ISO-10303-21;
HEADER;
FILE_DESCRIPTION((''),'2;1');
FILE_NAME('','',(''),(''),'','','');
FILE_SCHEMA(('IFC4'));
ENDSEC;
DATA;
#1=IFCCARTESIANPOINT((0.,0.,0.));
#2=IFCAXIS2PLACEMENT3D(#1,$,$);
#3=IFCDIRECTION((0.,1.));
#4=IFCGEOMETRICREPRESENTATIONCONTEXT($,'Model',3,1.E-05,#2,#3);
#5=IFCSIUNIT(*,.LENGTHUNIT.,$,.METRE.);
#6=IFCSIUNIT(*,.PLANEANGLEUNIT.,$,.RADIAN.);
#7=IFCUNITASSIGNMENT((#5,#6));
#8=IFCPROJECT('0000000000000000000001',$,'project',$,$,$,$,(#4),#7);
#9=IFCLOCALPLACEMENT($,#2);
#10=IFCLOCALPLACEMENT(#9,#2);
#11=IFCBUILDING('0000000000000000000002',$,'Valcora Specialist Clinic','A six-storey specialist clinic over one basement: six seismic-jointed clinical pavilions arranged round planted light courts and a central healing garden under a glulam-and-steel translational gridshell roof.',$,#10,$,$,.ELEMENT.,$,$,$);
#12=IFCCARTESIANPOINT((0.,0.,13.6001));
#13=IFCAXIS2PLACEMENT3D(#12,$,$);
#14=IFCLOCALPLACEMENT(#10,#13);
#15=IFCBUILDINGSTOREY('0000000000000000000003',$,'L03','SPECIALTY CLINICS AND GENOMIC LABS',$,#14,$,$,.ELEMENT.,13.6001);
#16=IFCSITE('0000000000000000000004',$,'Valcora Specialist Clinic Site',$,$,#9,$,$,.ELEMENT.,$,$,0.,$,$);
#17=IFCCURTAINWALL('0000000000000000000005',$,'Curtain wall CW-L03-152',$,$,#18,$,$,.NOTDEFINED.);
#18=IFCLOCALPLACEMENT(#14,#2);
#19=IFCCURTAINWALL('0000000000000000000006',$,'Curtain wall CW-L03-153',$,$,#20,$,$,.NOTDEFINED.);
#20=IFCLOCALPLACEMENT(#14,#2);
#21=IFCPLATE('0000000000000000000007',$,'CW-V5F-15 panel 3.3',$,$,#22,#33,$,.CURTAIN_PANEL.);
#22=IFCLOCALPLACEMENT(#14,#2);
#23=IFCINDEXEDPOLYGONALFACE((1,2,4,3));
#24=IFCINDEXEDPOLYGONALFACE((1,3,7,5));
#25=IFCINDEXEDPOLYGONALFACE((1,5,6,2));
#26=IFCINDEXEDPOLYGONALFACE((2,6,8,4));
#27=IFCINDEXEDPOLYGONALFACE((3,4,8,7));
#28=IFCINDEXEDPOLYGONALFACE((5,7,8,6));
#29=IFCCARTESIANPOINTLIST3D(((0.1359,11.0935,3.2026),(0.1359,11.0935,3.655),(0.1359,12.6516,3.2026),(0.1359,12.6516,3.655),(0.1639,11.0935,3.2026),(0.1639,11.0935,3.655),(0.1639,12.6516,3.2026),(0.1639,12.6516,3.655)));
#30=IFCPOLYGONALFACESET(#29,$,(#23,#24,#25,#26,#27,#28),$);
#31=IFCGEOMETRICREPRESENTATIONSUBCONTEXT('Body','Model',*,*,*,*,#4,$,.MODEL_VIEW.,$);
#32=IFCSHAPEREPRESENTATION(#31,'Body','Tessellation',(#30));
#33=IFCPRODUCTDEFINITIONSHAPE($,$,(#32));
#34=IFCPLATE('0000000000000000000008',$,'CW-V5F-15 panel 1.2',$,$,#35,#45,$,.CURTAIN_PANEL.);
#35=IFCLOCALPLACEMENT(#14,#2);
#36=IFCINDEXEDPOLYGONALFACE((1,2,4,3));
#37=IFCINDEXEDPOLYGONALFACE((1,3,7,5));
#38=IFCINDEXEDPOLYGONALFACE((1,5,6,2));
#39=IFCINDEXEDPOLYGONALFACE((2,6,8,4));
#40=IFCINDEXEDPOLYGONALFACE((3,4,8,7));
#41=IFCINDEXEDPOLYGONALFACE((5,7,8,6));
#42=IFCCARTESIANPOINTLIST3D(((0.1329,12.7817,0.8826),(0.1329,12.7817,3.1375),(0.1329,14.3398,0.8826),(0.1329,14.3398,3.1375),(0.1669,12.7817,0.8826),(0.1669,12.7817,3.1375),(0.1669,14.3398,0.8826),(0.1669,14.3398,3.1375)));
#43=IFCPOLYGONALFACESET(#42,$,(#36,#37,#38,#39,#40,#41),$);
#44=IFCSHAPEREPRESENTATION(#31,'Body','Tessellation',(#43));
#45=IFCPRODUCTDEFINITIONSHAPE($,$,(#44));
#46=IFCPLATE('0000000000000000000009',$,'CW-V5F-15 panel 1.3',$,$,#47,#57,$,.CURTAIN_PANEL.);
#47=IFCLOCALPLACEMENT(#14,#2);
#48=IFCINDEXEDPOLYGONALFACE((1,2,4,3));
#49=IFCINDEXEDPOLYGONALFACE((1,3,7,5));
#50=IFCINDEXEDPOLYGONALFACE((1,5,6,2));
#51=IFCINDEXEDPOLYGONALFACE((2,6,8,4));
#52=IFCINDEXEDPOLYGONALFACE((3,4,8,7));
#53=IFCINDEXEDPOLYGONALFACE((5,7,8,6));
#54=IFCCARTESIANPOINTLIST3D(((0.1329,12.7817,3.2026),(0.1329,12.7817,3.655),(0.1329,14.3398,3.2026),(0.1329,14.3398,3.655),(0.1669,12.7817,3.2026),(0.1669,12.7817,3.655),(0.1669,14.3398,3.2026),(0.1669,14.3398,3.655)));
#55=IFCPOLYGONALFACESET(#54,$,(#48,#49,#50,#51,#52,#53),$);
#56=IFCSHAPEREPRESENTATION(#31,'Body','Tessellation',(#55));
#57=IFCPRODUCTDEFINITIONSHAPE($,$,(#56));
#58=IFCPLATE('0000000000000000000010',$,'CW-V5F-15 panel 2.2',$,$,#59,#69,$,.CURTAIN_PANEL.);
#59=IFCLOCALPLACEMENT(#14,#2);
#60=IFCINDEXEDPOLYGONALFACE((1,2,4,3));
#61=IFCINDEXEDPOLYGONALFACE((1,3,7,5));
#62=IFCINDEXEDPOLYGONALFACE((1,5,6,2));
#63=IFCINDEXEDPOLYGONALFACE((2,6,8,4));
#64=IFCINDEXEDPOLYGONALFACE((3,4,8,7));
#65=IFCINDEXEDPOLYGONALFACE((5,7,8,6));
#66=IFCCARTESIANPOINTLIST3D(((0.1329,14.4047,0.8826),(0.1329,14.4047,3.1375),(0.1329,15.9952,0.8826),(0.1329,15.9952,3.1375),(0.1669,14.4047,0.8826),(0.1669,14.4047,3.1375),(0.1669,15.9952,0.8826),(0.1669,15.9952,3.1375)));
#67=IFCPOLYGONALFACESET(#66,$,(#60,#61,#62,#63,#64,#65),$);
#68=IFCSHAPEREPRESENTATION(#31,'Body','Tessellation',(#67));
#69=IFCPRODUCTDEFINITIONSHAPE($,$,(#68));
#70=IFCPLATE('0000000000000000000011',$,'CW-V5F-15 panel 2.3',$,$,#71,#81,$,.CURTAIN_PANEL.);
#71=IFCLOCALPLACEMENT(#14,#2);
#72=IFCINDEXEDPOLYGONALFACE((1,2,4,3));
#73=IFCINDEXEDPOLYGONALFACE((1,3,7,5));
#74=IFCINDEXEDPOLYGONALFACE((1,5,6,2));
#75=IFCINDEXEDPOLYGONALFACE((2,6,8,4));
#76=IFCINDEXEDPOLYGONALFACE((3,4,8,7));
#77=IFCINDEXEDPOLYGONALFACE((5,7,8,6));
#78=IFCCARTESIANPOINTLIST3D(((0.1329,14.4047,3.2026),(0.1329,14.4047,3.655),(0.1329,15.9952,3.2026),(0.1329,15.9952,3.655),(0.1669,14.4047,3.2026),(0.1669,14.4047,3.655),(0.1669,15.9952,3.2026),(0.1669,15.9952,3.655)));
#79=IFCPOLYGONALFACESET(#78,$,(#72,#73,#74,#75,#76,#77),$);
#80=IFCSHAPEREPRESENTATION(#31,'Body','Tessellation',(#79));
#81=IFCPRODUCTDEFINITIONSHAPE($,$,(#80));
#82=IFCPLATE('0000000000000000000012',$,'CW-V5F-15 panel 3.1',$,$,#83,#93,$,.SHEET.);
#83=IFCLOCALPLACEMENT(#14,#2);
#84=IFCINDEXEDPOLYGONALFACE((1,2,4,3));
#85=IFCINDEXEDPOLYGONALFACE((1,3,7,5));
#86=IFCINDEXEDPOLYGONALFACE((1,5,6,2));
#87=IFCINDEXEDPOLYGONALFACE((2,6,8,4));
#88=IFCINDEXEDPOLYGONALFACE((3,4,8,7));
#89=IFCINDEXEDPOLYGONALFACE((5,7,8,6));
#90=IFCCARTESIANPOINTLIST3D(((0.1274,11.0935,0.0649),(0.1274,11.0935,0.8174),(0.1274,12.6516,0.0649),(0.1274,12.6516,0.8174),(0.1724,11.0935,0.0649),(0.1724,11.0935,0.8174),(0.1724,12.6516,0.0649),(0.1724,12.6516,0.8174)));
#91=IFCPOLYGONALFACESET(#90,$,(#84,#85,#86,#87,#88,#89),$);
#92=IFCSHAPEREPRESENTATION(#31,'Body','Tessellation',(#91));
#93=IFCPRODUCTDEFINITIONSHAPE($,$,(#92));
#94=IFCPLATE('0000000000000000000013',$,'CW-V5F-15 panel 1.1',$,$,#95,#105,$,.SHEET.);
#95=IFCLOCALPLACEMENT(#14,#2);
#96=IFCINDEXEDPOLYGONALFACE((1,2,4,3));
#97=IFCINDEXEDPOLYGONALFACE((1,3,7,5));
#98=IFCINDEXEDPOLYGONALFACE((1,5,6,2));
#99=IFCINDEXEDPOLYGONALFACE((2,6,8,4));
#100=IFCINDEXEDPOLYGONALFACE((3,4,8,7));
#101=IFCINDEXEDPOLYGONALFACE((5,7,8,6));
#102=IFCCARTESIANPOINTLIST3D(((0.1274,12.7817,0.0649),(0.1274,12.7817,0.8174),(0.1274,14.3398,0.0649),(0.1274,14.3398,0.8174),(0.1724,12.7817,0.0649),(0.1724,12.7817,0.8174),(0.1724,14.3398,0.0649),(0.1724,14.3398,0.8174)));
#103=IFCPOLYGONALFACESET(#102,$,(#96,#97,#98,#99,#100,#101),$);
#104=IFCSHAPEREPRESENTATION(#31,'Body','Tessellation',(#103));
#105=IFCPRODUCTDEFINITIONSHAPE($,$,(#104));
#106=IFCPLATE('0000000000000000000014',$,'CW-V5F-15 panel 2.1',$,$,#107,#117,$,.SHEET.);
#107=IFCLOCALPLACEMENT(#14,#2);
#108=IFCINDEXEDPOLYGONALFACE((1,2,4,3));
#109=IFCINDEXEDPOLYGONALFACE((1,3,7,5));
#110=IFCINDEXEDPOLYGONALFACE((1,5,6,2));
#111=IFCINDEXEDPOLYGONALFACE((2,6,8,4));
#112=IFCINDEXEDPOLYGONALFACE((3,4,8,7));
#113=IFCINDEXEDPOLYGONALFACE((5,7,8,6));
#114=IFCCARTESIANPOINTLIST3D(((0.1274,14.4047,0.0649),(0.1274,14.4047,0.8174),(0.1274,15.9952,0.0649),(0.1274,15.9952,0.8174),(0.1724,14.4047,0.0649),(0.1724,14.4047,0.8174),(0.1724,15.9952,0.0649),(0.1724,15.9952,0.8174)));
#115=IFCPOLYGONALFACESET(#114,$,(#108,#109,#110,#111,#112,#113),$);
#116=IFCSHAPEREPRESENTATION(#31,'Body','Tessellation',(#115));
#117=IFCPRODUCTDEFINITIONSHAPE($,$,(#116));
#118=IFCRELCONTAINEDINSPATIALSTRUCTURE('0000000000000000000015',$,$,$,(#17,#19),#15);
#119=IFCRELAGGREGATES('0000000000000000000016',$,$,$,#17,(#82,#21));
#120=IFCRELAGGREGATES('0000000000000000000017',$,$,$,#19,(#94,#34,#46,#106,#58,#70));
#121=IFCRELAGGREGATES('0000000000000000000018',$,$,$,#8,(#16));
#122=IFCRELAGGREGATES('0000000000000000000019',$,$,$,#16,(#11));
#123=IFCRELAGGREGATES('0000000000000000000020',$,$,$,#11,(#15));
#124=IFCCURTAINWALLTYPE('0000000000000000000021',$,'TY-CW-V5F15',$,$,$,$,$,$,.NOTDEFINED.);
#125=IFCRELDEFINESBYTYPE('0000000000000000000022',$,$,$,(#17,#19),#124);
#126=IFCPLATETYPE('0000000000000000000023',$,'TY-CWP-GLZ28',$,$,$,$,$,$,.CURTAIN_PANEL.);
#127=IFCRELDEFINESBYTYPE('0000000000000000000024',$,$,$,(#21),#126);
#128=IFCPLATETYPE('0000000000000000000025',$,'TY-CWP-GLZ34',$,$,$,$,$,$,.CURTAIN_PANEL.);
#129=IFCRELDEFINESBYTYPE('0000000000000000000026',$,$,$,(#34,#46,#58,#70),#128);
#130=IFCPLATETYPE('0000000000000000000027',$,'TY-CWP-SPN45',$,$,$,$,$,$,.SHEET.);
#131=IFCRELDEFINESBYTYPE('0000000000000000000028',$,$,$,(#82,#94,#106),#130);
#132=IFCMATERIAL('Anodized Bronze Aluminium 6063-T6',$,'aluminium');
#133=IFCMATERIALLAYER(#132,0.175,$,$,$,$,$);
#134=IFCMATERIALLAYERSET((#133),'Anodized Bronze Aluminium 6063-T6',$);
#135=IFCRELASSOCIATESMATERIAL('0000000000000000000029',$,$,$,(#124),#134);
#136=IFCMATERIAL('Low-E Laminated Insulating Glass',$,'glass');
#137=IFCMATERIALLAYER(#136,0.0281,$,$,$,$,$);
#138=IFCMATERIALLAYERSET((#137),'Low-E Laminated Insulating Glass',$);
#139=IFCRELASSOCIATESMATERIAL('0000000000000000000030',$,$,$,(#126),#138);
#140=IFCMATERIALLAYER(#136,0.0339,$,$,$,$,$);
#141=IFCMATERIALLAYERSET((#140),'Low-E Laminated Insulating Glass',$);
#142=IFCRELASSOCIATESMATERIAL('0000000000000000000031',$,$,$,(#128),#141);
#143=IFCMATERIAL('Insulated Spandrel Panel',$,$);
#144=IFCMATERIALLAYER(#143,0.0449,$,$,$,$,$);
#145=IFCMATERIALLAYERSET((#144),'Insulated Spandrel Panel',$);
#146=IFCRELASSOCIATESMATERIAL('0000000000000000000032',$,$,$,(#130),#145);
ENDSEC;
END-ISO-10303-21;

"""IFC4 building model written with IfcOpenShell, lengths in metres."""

from ifc_helpers import new_model, si_unit, direction, frame, origin, origin_2d, place, context, subcontext, project, spatial, rectangle, extrude, material, layer, layer_set, type_object, element, aggregate, save


model = new_model("IFC4")

# Units and contexts
model_context = context("Model", 3, precision=1e-05, world=origin(), true_north=direction((0.0, 1.0)))
body_context = subcontext(model_context, "Body", "Model", "MODEL_VIEW")
ifc_project = project(units=[si_unit("LENGTHUNIT", "METRE"), si_unit("PLANEANGLEUNIT", "RADIAN")], contexts=[model_context])

# Site, building, storey
site_placement = place(None, origin())
site = spatial("IfcSite", under=ifc_project, at=site_placement, Name="Valcora Specialist Clinic Site", CompositionType="ELEMENT", RefElevation=0.0)
building_placement = place(site_placement, origin())
building = spatial("IfcBuilding", under=site, at=building_placement, Name="Valcora Specialist Clinic", Description="A six-storey specialist clinic over one basement: six seismic-jointed clinical pavilions arranged round planted light courts and a central healing garden under a glulam-and-steel translational gridshell roof.", CompositionType="ELEMENT")
storey_placement = place(building_placement, frame((0.0, 0.0, 13.6001)))
storey = spatial("IfcBuildingStorey", under=building, at=storey_placement, Name="L03", Description="SPECIALTY CLINICS AND GENOMIC LABS", CompositionType="ELEMENT", Elevation=13.6001)

# Curtain walls
ifc_material_1 = material(Name="Anodized Bronze Aluminium 6063-T6", Category="aluminium")
ifc_layer_1 = layer(ifc_material_1, 0.175)
ifc_layer_set_1 = layer_set([ifc_layer_1], Name="Anodized Bronze Aluminium 6063-T6")
curtain_wall_type = type_object("IfcCurtainWallType", Name="TY-CW-V5F15", PredefinedType="NOTDEFINED", material=ifc_layer_set_1)
curtain_wall_1_placement = place(storey_placement, origin())
curtain_wall_1 = element("IfcCurtainWall", 1, at=curtain_wall_1_placement, inside=storey, type_object=curtain_wall_type, Name="Curtain wall CW-L03-152", PredefinedType="NOTDEFINED")
curtain_wall_2_placement = place(storey_placement, origin())
curtain_wall_2 = element("IfcCurtainWall", 2, at=curtain_wall_2_placement, inside=storey, type_object=curtain_wall_type, Name="Curtain wall CW-L03-153", PredefinedType="NOTDEFINED")

# Plates
ifc_material_2 = material(Name="Low-E Laminated Insulating Glass", Category="glass")
ifc_layer_2 = layer(ifc_material_2, 0.0281)
ifc_layer_set_2 = layer_set([ifc_layer_2], Name="Low-E Laminated Insulating Glass")
plate_type_1 = type_object("IfcPlateType", Name="TY-CWP-GLZ28", PredefinedType="CURTAIN_PANEL", material=ifc_layer_set_2)
plate_1_placement = place(storey_placement, frame((0.1499, 11.8726, 3.2026), z_axis=(0.0, 0.0, 1.0), x_axis=(0.0, 1.0, 0.0)))
plate_1 = element("IfcPlate", 3, at=plate_1_placement, type_object=plate_type_1, Name="CW-V5F-15 panel 3.3", PredefinedType="CURTAIN_PANEL", context=body_context, shape_type="SweptSolid", body=[
    extrude(rectangle(XDim=1.5581, YDim=0.0281, at=origin_2d()), origin(), (0.0, 0.0, 1.0), 0.4524),
])
ifc_layer_3 = layer(ifc_material_2, 0.0339)
ifc_layer_set_3 = layer_set([ifc_layer_3], Name="Low-E Laminated Insulating Glass")
plate_type_2 = type_object("IfcPlateType", Name="TY-CWP-GLZ34", PredefinedType="CURTAIN_PANEL", material=ifc_layer_set_3)
plate_2_placement = place(storey_placement, frame((0.1499, 13.5608, 0.8826), z_axis=(0.0, 0.0, 1.0), x_axis=(0.0, 1.0, 0.0)))
plate_2 = element("IfcPlate", 4, at=plate_2_placement, type_object=plate_type_2, Name="CW-V5F-15 panel 1.2", PredefinedType="CURTAIN_PANEL", context=body_context, shape_type="SweptSolid", body=[
    extrude(rectangle(XDim=1.5581, YDim=0.0339, at=origin_2d()), origin(), (0.0, 0.0, 1.0), 2.2549),
])
plate_3_placement = place(storey_placement, frame((0.1499, 13.5608, 3.2026), z_axis=(0.0, 0.0, 1.0), x_axis=(0.0, 1.0, 0.0)))
plate_3 = element("IfcPlate", 5, at=plate_3_placement, type_object=plate_type_2, Name="CW-V5F-15 panel 1.3", PredefinedType="CURTAIN_PANEL", context=body_context, shape_type="SweptSolid", body=[
    extrude(rectangle(XDim=1.5581, YDim=0.0339, at=origin_2d()), origin(), (0.0, 0.0, 1.0), 0.4524),
])
plate_4_placement = place(storey_placement, frame((0.1499, 15.2, 0.8826), z_axis=(0.0, 0.0, 1.0), x_axis=(0.0, 1.0, 0.0)))
plate_4 = element("IfcPlate", 6, at=plate_4_placement, type_object=plate_type_2, Name="CW-V5F-15 panel 2.2", PredefinedType="CURTAIN_PANEL", context=body_context, shape_type="SweptSolid", body=[
    extrude(rectangle(XDim=1.5906, YDim=0.0339, at=origin_2d()), origin(), (0.0, 0.0, 1.0), 2.2549),
])
plate_5_placement = place(storey_placement, frame((0.1499, 15.2, 3.2026), z_axis=(0.0, 0.0, 1.0), x_axis=(0.0, 1.0, 0.0)))
plate_5 = element("IfcPlate", 7, at=plate_5_placement, type_object=plate_type_2, Name="CW-V5F-15 panel 2.3", PredefinedType="CURTAIN_PANEL", context=body_context, shape_type="SweptSolid", body=[
    extrude(rectangle(XDim=1.5906, YDim=0.0339, at=origin_2d()), origin(), (0.0, 0.0, 1.0), 0.4524),
])
ifc_material_3 = material(Name="Insulated Spandrel Panel")
ifc_layer_4 = layer(ifc_material_3, 0.0449)
ifc_layer_set_4 = layer_set([ifc_layer_4], Name="Insulated Spandrel Panel")
plate_type_3 = type_object("IfcPlateType", Name="TY-CWP-SPN45", PredefinedType="SHEET", material=ifc_layer_set_4)
plate_6_placement = place(storey_placement, frame((0.1499, 11.8726, 0.0649), z_axis=(0.0, 0.0, 1.0), x_axis=(0.0, 1.0, 0.0)))
plate_6 = element("IfcPlate", 8, at=plate_6_placement, type_object=plate_type_3, Name="CW-V5F-15 panel 3.1", PredefinedType="SHEET", context=body_context, shape_type="SweptSolid", body=[
    extrude(rectangle(XDim=1.5581, YDim=0.0449, at=origin_2d()), origin(), (0.0, 0.0, 1.0), 0.7524),
])
aggregate(curtain_wall_1, [plate_6, plate_1])
plate_7_placement = place(storey_placement, frame((0.1499, 13.5608, 0.0649), z_axis=(0.0, 0.0, 1.0), x_axis=(0.0, 1.0, 0.0)))
plate_7 = element("IfcPlate", 9, at=plate_7_placement, type_object=plate_type_3, Name="CW-V5F-15 panel 1.1", PredefinedType="SHEET", context=body_context, shape_type="SweptSolid", body=[
    extrude(rectangle(XDim=1.5581, YDim=0.0449, at=origin_2d()), origin(), (0.0, 0.0, 1.0), 0.7524),
])
plate_8_placement = place(storey_placement, frame((0.1499, 15.2, 0.0649), z_axis=(0.0, 0.0, 1.0), x_axis=(0.0, 1.0, 0.0)))
plate_8 = element("IfcPlate", 10, at=plate_8_placement, type_object=plate_type_3, Name="CW-V5F-15 panel 2.1", PredefinedType="SHEET", context=body_context, shape_type="SweptSolid", body=[
    extrude(rectangle(XDim=1.5906, YDim=0.0449, at=origin_2d()), origin(), (0.0, 0.0, 1.0), 0.7524),
])
aggregate(curtain_wall_2, [plate_7, plate_2, plate_3, plate_8, plate_4, plate_5])

save(model, "model.ifc")
